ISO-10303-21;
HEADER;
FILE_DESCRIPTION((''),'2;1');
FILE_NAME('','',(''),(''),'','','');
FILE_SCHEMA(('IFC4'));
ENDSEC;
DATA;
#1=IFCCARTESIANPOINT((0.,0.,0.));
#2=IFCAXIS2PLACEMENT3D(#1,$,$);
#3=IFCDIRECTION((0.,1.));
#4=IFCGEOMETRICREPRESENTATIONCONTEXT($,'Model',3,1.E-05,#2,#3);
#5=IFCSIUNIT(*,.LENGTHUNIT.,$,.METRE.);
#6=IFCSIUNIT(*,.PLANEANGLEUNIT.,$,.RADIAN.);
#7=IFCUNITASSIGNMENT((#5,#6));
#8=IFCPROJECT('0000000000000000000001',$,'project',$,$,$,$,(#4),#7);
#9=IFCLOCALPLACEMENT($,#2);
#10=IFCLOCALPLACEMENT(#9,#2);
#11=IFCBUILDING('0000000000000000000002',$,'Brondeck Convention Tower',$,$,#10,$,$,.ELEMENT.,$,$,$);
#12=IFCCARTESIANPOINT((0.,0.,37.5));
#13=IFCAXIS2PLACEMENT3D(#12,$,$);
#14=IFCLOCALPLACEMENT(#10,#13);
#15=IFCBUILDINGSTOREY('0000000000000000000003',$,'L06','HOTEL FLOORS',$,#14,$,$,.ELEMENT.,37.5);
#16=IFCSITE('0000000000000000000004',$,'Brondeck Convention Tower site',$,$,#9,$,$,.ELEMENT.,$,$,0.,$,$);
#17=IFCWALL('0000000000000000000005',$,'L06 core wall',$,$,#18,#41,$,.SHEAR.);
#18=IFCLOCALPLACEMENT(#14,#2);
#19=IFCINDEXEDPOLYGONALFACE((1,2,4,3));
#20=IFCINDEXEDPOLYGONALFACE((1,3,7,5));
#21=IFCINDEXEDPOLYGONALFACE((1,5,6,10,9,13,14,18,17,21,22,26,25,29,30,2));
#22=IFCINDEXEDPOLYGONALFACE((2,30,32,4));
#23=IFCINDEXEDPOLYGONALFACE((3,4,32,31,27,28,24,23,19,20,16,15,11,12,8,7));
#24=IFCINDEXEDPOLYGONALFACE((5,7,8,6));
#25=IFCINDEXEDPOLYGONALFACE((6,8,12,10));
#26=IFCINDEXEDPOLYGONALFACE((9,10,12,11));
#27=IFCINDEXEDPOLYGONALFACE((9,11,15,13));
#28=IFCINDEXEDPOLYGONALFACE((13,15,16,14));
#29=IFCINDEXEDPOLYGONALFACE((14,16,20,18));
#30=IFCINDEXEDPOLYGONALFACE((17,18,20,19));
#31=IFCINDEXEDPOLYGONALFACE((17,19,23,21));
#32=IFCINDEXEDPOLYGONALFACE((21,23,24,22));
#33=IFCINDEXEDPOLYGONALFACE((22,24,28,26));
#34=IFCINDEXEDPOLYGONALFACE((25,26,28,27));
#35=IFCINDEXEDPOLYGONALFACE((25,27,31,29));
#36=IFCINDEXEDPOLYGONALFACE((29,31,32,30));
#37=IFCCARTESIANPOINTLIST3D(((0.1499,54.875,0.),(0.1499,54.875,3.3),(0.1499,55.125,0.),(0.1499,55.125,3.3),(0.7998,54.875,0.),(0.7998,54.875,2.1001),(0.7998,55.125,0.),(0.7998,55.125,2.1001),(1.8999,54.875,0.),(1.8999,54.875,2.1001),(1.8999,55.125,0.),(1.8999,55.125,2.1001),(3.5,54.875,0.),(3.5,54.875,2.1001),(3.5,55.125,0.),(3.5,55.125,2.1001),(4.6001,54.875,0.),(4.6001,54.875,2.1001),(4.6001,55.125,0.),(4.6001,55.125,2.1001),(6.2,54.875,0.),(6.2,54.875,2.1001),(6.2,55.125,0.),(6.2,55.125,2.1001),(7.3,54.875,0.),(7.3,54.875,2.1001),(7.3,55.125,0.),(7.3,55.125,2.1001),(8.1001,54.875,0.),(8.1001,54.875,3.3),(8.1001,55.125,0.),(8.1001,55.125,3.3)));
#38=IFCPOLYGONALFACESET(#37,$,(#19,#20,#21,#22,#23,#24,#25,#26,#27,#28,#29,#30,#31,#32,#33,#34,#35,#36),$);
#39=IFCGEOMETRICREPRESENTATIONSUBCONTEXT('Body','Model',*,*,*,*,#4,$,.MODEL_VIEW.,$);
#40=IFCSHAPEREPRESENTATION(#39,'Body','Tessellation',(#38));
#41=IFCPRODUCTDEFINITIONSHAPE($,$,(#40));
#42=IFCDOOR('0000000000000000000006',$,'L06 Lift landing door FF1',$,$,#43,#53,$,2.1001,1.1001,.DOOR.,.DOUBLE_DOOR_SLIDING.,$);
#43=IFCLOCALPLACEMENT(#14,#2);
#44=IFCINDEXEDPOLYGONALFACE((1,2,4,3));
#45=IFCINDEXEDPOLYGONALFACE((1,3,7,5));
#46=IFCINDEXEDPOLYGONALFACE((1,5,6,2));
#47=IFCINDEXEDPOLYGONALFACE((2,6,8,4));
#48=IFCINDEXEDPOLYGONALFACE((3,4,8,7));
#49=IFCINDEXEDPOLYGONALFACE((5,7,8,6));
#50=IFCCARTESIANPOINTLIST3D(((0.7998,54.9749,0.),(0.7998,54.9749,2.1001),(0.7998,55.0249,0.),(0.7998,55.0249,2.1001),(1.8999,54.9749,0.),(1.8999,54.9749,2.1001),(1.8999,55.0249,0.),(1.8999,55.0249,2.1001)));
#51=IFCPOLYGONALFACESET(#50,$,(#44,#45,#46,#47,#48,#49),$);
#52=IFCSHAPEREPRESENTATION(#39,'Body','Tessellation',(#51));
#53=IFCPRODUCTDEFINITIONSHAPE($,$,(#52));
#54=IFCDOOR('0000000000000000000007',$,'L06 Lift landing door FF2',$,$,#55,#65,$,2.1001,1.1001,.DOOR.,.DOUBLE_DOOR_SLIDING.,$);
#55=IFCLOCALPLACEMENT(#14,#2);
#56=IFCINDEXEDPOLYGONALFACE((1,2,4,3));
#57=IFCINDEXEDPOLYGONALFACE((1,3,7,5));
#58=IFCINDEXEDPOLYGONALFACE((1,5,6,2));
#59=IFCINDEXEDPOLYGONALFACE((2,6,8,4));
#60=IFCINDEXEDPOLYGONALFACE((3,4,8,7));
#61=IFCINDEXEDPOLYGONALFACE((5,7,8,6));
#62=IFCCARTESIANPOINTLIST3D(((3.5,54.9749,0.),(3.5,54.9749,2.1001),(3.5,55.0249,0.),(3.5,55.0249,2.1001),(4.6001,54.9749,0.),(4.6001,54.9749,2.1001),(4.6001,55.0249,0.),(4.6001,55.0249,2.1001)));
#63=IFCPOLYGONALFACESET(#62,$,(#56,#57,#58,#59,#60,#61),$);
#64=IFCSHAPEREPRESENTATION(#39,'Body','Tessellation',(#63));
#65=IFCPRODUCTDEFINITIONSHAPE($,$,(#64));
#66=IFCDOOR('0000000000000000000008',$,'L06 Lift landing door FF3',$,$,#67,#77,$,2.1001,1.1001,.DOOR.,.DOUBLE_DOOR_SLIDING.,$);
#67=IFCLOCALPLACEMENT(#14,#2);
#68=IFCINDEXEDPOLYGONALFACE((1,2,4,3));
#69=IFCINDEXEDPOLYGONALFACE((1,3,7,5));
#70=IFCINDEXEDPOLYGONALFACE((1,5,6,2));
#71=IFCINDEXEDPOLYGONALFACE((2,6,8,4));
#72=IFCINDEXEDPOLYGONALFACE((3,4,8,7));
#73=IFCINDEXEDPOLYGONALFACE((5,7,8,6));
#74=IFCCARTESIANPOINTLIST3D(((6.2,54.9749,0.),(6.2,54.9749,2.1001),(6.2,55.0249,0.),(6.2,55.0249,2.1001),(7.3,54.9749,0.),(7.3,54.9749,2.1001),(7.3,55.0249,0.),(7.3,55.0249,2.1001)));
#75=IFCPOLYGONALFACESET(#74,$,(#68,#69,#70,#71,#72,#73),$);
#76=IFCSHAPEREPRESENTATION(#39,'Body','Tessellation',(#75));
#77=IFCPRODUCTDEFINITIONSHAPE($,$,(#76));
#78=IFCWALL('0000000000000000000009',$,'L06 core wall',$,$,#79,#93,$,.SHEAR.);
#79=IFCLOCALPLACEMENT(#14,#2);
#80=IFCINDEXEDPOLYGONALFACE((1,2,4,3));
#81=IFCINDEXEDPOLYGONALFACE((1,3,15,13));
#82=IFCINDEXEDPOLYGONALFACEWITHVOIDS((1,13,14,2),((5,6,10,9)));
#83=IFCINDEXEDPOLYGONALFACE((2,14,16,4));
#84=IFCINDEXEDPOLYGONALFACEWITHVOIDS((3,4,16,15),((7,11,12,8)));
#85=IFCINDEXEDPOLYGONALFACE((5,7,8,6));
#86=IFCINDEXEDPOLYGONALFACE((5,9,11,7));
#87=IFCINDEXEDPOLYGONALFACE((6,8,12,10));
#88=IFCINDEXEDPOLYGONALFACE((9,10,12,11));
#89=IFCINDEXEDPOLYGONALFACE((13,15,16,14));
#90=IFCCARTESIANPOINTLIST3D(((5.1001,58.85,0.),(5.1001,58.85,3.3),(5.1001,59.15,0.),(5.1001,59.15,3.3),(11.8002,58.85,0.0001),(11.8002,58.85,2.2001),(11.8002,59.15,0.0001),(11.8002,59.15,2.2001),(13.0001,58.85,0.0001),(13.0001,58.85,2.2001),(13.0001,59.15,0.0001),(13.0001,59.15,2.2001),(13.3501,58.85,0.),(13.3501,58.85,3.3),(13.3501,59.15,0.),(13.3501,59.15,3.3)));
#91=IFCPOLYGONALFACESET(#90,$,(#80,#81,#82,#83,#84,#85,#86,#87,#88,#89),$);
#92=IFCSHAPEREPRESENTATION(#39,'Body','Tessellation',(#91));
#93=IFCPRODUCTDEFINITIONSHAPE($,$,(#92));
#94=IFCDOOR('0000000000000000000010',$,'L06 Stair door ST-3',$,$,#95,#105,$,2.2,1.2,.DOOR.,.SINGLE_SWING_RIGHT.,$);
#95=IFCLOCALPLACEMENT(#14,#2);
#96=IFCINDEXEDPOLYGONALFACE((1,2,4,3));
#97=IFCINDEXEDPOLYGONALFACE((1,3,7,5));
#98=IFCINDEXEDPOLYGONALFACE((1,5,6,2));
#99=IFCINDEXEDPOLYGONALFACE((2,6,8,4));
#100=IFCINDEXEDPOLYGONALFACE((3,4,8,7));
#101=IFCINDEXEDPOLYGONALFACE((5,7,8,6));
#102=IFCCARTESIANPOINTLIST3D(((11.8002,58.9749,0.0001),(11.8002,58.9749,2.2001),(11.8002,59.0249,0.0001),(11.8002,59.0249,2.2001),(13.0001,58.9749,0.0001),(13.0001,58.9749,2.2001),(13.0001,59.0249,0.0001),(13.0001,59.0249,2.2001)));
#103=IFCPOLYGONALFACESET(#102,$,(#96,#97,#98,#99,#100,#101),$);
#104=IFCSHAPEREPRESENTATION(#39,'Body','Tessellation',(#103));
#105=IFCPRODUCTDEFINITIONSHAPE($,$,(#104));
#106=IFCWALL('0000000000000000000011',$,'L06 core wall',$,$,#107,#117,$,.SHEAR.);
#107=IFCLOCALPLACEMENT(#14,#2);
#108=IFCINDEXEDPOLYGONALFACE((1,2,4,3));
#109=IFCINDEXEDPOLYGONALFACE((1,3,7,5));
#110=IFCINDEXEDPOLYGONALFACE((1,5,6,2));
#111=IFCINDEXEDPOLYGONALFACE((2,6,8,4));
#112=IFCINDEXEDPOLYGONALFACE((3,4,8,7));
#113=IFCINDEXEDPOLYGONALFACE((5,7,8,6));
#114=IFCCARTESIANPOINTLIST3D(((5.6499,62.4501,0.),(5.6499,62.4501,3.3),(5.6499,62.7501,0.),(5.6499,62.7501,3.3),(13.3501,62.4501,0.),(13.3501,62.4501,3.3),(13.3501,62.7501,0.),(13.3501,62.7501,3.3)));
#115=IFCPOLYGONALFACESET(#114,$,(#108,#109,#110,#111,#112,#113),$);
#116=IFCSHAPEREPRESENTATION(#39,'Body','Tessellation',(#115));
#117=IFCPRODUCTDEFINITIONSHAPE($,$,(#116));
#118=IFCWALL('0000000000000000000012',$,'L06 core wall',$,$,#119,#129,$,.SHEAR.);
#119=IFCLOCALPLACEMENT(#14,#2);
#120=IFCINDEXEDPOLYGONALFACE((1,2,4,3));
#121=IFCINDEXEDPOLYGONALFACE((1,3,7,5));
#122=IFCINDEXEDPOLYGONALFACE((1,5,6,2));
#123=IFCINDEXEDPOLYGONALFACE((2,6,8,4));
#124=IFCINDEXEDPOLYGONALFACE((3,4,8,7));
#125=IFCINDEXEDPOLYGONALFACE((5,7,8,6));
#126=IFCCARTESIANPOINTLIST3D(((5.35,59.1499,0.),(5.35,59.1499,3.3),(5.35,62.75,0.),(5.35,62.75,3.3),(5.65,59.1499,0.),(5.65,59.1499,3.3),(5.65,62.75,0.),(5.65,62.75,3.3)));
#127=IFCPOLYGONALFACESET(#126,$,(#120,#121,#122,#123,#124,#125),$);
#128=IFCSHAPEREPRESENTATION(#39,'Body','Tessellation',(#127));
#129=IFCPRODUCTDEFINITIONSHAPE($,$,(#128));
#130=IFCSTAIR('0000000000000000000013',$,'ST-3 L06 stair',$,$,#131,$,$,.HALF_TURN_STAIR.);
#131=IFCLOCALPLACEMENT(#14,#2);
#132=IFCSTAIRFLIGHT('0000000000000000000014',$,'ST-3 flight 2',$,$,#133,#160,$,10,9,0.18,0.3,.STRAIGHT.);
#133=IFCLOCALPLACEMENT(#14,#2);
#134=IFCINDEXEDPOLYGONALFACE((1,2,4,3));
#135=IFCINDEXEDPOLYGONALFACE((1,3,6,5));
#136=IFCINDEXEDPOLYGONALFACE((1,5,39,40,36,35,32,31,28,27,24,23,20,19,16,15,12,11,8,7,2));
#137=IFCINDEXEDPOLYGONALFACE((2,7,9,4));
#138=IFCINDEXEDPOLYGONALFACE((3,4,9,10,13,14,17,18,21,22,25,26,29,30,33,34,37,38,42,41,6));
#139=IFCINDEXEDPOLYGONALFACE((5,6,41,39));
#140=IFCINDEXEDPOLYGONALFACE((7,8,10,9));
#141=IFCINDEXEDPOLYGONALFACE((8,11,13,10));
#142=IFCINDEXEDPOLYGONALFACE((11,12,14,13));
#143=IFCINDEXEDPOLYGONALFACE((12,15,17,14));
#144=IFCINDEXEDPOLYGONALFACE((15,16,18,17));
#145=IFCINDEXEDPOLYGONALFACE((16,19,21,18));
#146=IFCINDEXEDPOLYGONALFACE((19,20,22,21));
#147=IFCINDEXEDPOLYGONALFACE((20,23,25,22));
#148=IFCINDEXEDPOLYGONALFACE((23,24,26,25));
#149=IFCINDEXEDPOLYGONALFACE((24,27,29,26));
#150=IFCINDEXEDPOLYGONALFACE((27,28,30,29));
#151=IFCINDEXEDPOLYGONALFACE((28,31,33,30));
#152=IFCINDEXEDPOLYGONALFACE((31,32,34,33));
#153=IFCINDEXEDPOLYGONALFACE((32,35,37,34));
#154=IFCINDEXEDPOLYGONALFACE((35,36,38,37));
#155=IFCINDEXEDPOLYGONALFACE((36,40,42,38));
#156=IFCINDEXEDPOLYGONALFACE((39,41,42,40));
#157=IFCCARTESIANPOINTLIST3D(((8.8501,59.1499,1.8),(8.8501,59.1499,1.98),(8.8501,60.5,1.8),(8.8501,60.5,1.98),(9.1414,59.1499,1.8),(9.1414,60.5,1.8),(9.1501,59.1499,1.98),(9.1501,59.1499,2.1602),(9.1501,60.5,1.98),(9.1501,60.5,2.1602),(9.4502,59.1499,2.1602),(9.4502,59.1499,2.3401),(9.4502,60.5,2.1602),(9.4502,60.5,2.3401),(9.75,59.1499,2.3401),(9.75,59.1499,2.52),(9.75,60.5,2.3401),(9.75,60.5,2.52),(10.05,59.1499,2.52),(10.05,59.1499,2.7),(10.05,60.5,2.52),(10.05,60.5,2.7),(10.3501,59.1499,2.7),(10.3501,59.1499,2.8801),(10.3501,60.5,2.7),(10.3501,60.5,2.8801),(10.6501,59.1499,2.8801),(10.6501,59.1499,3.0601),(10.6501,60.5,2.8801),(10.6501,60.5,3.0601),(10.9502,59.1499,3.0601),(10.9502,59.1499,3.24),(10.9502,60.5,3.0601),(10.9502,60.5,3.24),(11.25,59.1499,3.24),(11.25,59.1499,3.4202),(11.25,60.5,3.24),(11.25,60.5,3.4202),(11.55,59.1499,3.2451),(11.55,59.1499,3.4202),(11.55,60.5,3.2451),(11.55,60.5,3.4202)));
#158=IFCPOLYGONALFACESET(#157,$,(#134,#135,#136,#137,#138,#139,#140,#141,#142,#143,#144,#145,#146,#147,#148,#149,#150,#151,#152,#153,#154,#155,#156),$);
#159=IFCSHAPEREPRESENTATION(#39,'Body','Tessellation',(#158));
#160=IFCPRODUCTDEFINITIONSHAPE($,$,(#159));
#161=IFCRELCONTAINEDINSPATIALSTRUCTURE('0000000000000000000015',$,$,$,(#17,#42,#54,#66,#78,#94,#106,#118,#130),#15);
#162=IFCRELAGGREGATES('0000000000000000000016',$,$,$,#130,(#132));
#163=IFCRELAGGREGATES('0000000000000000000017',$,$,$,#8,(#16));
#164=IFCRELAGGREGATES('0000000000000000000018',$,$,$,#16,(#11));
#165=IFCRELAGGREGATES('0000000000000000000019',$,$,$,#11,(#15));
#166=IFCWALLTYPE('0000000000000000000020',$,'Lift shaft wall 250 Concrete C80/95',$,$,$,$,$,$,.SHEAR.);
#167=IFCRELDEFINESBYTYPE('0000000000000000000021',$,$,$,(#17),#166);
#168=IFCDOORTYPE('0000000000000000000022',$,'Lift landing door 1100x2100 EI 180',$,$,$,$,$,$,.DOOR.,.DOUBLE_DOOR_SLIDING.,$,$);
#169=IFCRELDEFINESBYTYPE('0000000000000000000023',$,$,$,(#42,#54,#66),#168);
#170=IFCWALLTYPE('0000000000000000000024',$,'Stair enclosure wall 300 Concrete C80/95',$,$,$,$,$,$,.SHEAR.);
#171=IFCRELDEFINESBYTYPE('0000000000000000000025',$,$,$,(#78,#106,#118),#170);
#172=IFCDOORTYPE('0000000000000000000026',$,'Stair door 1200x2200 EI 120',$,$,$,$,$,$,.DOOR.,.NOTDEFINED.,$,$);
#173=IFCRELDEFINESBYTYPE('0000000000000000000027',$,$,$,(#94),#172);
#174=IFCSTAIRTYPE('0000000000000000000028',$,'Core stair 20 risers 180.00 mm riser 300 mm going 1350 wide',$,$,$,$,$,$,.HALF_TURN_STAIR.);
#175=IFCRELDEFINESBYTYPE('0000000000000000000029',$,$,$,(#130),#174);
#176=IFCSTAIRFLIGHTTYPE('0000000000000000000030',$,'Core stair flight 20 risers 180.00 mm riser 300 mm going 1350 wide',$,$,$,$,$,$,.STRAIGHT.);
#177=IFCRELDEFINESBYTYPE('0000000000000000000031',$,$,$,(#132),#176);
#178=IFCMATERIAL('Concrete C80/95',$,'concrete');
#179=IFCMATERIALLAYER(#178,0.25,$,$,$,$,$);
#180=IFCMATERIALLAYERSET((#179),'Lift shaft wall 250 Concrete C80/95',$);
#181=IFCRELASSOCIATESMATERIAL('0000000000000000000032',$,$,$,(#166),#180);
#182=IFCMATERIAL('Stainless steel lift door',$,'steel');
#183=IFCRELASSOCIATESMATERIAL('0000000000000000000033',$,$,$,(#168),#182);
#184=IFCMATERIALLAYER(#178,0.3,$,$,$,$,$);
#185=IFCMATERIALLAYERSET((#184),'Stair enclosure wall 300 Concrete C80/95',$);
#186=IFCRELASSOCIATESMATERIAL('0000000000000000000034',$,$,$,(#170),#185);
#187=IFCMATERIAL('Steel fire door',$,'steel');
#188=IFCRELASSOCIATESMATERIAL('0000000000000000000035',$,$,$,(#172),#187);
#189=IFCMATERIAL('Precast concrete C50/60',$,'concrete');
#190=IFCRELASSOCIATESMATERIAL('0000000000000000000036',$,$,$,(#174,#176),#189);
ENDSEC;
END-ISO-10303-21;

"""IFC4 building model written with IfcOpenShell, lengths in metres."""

from ifc_helpers import new_model, si_unit, direction, frame, frame_2d, origin, place, context, subcontext, project, spatial, polyline, rectangle, outline, extrude, material, layer, layer_set, type_object, element, fill, aggregate, save


model = new_model("IFC4")

# Units and contexts
model_context = context("Model", 3, precision=1e-05, world=origin(), true_north=direction((0.0, 1.0)))
body_context = subcontext(model_context, "Body", "Model", "MODEL_VIEW")
ifc_project = project(units=[si_unit("LENGTHUNIT", "METRE"), si_unit("PLANEANGLEUNIT", "RADIAN")], contexts=[model_context])

# Site, building, storey
site_placement = place(None, origin())
site = spatial("IfcSite", under=ifc_project, at=site_placement, Name="Brondeck Convention Tower site", CompositionType="ELEMENT", RefElevation=0.0)
building_placement = place(site_placement, origin())
building = spatial("IfcBuilding", under=site, at=building_placement, Name="Brondeck Convention Tower", CompositionType="ELEMENT")
storey_placement = place(building_placement, frame((0.0, 0.0, 37.5)))
storey = spatial("IfcBuildingStorey", under=building, at=storey_placement, Name="L06", Description="HOTEL FLOORS", CompositionType="ELEMENT", Elevation=37.5)

# Shared definitions
ifc_material_1 = material(Name="Concrete C80/95", Category="concrete")

# Shared definitions
ifc_material_2 = material(Name="Steel fire door", Category="steel")

# Wall, openings, doors
ifc_layer_1 = layer(ifc_material_1, 0.25)
ifc_layer_set_1 = layer_set([ifc_layer_1], Name="Lift shaft wall 250 Concrete C80/95")
wall_type_1 = type_object("IfcWallType", Name="Lift shaft wall 250 Concrete C80/95", PredefinedType="SHEAR", material=ifc_layer_set_1)
wall_1_placement = place(storey_placement, frame((0.1499, 55.0, 0.0), z_axis=(0.0, 0.0, 1.0), x_axis=(1.0, 0.0, 0.0)))
wall_1 = element("IfcWall", 1, at=wall_1_placement, inside=storey, type_object=wall_type_1, Name="L06 core wall", PredefinedType="SHEAR", context=body_context, shape_type="SweptSolid", body=[
    extrude(rectangle(XDim=7.9502, YDim=0.25, at=frame_2d((3.9751, 0.0))), origin(), (0.0, 0.0, 1.0), 3.3),
])
opening_1_placement = place(wall_1_placement, frame((0.6499, 0.0, 0.0)))
opening_1 = element("IfcOpeningElement", 2, at=opening_1_placement, cuts=wall_1, PredefinedType="OPENING", context=body_context, shape_type="SweptSolid", body=[
    extrude(rectangle(XDim=1.1001, YDim=2.1001, at=frame_2d((0.55, 1.05))), frame((0.0, 0.135, 0.0), z_axis=(0.0, -1.0, 0.0), x_axis=(1.0, 0.0, 0.0)), (0.0, 0.0, 1.0), 0.27),
])
opening_2_placement = place(wall_1_placement, frame((3.3501, 0.0, 0.0)))
opening_2 = element("IfcOpeningElement", 3, at=opening_2_placement, cuts=wall_1, PredefinedType="OPENING", context=body_context, shape_type="SweptSolid", body=[
    extrude(rectangle(XDim=1.1001, YDim=2.1001, at=frame_2d((0.55, 1.05))), frame((0.0, 0.135, 0.0), z_axis=(0.0, -1.0, 0.0), x_axis=(1.0, 0.0, 0.0)), (0.0, 0.0, 1.0), 0.27),
])
opening_3_placement = place(wall_1_placement, frame((6.05, 0.0, 0.0)))
opening_3 = element("IfcOpeningElement", 4, at=opening_3_placement, cuts=wall_1, PredefinedType="OPENING", context=body_context, shape_type="SweptSolid", body=[
    extrude(rectangle(XDim=1.1001, YDim=2.1001, at=frame_2d((0.55, 1.05))), frame((0.0, 0.135, 0.0), z_axis=(0.0, -1.0, 0.0), x_axis=(1.0, 0.0, 0.0)), (0.0, 0.0, 1.0), 0.27),
])
ifc_material_3 = material(Name="Stainless steel lift door", Category="steel")
door_type_1 = type_object("IfcDoorType", Name="Lift landing door 1100x2100 EI 180", OperationType="DOUBLE_DOOR_SLIDING", PredefinedType="DOOR", material=ifc_material_3)
door_1_placement = place(opening_1_placement, origin())
door_1 = element("IfcDoor", 5, at=door_1_placement, inside=storey, type_object=door_type_1, Name="L06 Lift landing door FF1", OperationType="DOUBLE_DOOR_SLIDING", OverallHeight=2.1001, OverallWidth=1.1001, PredefinedType="DOOR", context=body_context, shape_type="SweptSolid", body=[
    extrude(rectangle(XDim=1.1001, YDim=2.1001, at=frame_2d((0.55, 1.05))), frame((0.0, 0.0249, 0.0), z_axis=(0.0, -1.0, 0.0), x_axis=(1.0, 0.0, 0.0)), (0.0, 0.0, 1.0), 0.05),
])
fill(opening_1, door_1)
door_2_placement = place(opening_2_placement, origin())
door_2 = element("IfcDoor", 6, at=door_2_placement, inside=storey, type_object=door_type_1, Name="L06 Lift landing door FF2", OperationType="DOUBLE_DOOR_SLIDING", OverallHeight=2.1001, OverallWidth=1.1001, PredefinedType="DOOR", context=body_context, shape_type="SweptSolid", body=[
    extrude(rectangle(XDim=1.1001, YDim=2.1001, at=frame_2d((0.55, 1.05))), frame((0.0, 0.0249, 0.0), z_axis=(0.0, -1.0, 0.0), x_axis=(1.0, 0.0, 0.0)), (0.0, 0.0, 1.0), 0.05),
])
fill(opening_2, door_2)
door_3_placement = place(opening_3_placement, origin())
door_3 = element("IfcDoor", 7, at=door_3_placement, inside=storey, type_object=door_type_1, Name="L06 Lift landing door FF3", OperationType="DOUBLE_DOOR_SLIDING", OverallHeight=2.1001, OverallWidth=1.1001, PredefinedType="DOOR", context=body_context, shape_type="SweptSolid", body=[
    extrude(rectangle(XDim=1.1001, YDim=2.1001, at=frame_2d((0.55, 1.05))), frame((0.0, 0.0249, 0.0), z_axis=(0.0, -1.0, 0.0), x_axis=(1.0, 0.0, 0.0)), (0.0, 0.0, 1.0), 0.05),
])
fill(opening_3, door_3)

# Wall, opening, door
ifc_layer_2 = layer(ifc_material_1, 0.3)
ifc_layer_set_2 = layer_set([ifc_layer_2], Name="Stair enclosure wall 300 Concrete C80/95")
wall_type_2 = type_object("IfcWallType", Name="Stair enclosure wall 300 Concrete C80/95", PredefinedType="SHEAR", material=ifc_layer_set_2)
wall_2_placement = place(storey_placement, frame((5.1001, 59.0, 0.0), z_axis=(0.0, 0.0, 1.0), x_axis=(1.0, 0.0, 0.0)))
wall_2 = element("IfcWall", 8, at=wall_2_placement, inside=storey, type_object=wall_type_2, Name="L06 core wall", PredefinedType="SHEAR", context=body_context, shape_type="SweptSolid", body=[
    extrude(rectangle(XDim=8.25, YDim=0.3, at=frame_2d((4.125, 0.0))), origin(), (0.0, 0.0, 1.0), 3.3),
])
opening_4_placement = place(wall_2_placement, frame((6.7, 0.0, 0.0)))
opening_4 = element("IfcOpeningElement", 9, at=opening_4_placement, cuts=wall_2, PredefinedType="OPENING", context=body_context, shape_type="SweptSolid", body=[
    extrude(rectangle(XDim=1.2, YDim=2.2, at=frame_2d((0.6001, 1.1001))), frame((0.0, 0.1599, 0.0), z_axis=(0.0, -1.0, 0.0), x_axis=(1.0, 0.0, 0.0)), (0.0, 0.0, 1.0), 0.3201),
])
door_type_2 = type_object("IfcDoorType", Name="Stair door 1200x2200 EI 120", OperationType="NOTDEFINED", PredefinedType="DOOR", material=ifc_material_2)
door_4_placement = place(opening_4_placement, origin())
door_4 = element("IfcDoor", 10, at=door_4_placement, inside=storey, type_object=door_type_2, Name="L06 Stair door ST-3", OperationType="SINGLE_SWING_RIGHT", OverallHeight=2.2, OverallWidth=1.2, PredefinedType="DOOR", context=body_context, shape_type="SweptSolid", body=[
    extrude(rectangle(XDim=1.2, YDim=2.2, at=frame_2d((0.6001, 1.1001))), frame((0.0, 0.0249, 0.0), z_axis=(0.0, -1.0, 0.0), x_axis=(1.0, 0.0, 0.0)), (0.0, 0.0, 1.0), 0.05),
])
fill(opening_4, door_4)

# Walls
wall_3_placement = place(storey_placement, frame((5.6499, 62.6001, 0.0), z_axis=(0.0, 0.0, 1.0), x_axis=(1.0, 0.0, 0.0)))
element("IfcWall", 11, at=wall_3_placement, inside=storey, type_object=wall_type_2, Name="L06 core wall", PredefinedType="SHEAR", context=body_context, shape_type="SweptSolid", body=[
    extrude(rectangle(XDim=7.7002, YDim=0.3, at=frame_2d((3.8501, 0.0))), origin(), (0.0, 0.0, 1.0), 3.3),
])
wall_4_placement = place(storey_placement, frame((5.5, 59.1499, 0.0), z_axis=(0.0, 0.0, 1.0), x_axis=(0.0, 1.0, 0.0)))
element("IfcWall", 12, at=wall_4_placement, inside=storey, type_object=wall_type_2, Name="L06 core wall", PredefinedType="SHEAR", context=body_context, shape_type="SweptSolid", body=[
    extrude(rectangle(XDim=3.6001, YDim=0.3, at=frame_2d((1.8, 0.0))), origin(), (0.0, 0.0, 1.0), 3.3),
])

# Stair, stair flight
ifc_material_4 = material(Name="Precast concrete C50/60", Category="concrete")
stair_type = type_object("IfcStairType", Name="Core stair 20 risers 180.00 mm riser 300 mm going 1350 wide", PredefinedType="HALF_TURN_STAIR", material=ifc_material_4)
stair_placement = place(storey_placement, origin())
stair = element("IfcStair", 13, at=stair_placement, inside=storey, type_object=stair_type, Name="ST-3 L06 stair", PredefinedType="HALF_TURN_STAIR")
stair_flight_type = type_object("IfcStairFlightType", Name="Core stair flight 20 risers 180.00 mm riser 300 mm going 1350 wide", PredefinedType="STRAIGHT", material=ifc_material_4)
stair_flight_placement = place(storey_placement, frame((8.8501, 59.825, 1.8), z_axis=(0.0, 0.0, 1.0), x_axis=(1.0, 0.0, 0.0)))
stair_flight = element("IfcStairFlight", 14, at=stair_flight_placement, type_object=stair_flight_type, Name="ST-3 flight 2", NumberOfRisers=10, NumberOfTreads=9, PredefinedType="STRAIGHT", RiserHeight=0.18, TreadLength=0.3, context=body_context, shape_type="SweptSolid", body=[
    extrude(outline(polyline([(0.0, 0.0), (0.0, 0.1799), (0.3, 0.1799), (0.3, 0.3601), (0.6001, 0.3601), (0.6001, 0.54), (0.8999, 0.54), (0.8999, 0.72), (1.2, 0.72), (1.2, 0.8999), (1.5, 0.8999), (1.5, 1.0801), (1.8, 1.0801), (1.8, 1.26), (2.1001, 1.26), (2.1001, 1.4399), (2.3999, 1.4399), (2.3999, 1.6201), (2.7, 1.6201), (2.7, 1.8), (2.7, 1.4451), (0.2913, 0.0), (0.0, 0.0)])), frame((0.0, 0.675, 0.0), z_axis=(0.0, -1.0, 0.0), x_axis=(1.0, 0.0, 0.0)), (0.0, 0.0, 1.0), 1.3501),
])
aggregate(stair, [stair_flight])

save(model, "model.ifc")
